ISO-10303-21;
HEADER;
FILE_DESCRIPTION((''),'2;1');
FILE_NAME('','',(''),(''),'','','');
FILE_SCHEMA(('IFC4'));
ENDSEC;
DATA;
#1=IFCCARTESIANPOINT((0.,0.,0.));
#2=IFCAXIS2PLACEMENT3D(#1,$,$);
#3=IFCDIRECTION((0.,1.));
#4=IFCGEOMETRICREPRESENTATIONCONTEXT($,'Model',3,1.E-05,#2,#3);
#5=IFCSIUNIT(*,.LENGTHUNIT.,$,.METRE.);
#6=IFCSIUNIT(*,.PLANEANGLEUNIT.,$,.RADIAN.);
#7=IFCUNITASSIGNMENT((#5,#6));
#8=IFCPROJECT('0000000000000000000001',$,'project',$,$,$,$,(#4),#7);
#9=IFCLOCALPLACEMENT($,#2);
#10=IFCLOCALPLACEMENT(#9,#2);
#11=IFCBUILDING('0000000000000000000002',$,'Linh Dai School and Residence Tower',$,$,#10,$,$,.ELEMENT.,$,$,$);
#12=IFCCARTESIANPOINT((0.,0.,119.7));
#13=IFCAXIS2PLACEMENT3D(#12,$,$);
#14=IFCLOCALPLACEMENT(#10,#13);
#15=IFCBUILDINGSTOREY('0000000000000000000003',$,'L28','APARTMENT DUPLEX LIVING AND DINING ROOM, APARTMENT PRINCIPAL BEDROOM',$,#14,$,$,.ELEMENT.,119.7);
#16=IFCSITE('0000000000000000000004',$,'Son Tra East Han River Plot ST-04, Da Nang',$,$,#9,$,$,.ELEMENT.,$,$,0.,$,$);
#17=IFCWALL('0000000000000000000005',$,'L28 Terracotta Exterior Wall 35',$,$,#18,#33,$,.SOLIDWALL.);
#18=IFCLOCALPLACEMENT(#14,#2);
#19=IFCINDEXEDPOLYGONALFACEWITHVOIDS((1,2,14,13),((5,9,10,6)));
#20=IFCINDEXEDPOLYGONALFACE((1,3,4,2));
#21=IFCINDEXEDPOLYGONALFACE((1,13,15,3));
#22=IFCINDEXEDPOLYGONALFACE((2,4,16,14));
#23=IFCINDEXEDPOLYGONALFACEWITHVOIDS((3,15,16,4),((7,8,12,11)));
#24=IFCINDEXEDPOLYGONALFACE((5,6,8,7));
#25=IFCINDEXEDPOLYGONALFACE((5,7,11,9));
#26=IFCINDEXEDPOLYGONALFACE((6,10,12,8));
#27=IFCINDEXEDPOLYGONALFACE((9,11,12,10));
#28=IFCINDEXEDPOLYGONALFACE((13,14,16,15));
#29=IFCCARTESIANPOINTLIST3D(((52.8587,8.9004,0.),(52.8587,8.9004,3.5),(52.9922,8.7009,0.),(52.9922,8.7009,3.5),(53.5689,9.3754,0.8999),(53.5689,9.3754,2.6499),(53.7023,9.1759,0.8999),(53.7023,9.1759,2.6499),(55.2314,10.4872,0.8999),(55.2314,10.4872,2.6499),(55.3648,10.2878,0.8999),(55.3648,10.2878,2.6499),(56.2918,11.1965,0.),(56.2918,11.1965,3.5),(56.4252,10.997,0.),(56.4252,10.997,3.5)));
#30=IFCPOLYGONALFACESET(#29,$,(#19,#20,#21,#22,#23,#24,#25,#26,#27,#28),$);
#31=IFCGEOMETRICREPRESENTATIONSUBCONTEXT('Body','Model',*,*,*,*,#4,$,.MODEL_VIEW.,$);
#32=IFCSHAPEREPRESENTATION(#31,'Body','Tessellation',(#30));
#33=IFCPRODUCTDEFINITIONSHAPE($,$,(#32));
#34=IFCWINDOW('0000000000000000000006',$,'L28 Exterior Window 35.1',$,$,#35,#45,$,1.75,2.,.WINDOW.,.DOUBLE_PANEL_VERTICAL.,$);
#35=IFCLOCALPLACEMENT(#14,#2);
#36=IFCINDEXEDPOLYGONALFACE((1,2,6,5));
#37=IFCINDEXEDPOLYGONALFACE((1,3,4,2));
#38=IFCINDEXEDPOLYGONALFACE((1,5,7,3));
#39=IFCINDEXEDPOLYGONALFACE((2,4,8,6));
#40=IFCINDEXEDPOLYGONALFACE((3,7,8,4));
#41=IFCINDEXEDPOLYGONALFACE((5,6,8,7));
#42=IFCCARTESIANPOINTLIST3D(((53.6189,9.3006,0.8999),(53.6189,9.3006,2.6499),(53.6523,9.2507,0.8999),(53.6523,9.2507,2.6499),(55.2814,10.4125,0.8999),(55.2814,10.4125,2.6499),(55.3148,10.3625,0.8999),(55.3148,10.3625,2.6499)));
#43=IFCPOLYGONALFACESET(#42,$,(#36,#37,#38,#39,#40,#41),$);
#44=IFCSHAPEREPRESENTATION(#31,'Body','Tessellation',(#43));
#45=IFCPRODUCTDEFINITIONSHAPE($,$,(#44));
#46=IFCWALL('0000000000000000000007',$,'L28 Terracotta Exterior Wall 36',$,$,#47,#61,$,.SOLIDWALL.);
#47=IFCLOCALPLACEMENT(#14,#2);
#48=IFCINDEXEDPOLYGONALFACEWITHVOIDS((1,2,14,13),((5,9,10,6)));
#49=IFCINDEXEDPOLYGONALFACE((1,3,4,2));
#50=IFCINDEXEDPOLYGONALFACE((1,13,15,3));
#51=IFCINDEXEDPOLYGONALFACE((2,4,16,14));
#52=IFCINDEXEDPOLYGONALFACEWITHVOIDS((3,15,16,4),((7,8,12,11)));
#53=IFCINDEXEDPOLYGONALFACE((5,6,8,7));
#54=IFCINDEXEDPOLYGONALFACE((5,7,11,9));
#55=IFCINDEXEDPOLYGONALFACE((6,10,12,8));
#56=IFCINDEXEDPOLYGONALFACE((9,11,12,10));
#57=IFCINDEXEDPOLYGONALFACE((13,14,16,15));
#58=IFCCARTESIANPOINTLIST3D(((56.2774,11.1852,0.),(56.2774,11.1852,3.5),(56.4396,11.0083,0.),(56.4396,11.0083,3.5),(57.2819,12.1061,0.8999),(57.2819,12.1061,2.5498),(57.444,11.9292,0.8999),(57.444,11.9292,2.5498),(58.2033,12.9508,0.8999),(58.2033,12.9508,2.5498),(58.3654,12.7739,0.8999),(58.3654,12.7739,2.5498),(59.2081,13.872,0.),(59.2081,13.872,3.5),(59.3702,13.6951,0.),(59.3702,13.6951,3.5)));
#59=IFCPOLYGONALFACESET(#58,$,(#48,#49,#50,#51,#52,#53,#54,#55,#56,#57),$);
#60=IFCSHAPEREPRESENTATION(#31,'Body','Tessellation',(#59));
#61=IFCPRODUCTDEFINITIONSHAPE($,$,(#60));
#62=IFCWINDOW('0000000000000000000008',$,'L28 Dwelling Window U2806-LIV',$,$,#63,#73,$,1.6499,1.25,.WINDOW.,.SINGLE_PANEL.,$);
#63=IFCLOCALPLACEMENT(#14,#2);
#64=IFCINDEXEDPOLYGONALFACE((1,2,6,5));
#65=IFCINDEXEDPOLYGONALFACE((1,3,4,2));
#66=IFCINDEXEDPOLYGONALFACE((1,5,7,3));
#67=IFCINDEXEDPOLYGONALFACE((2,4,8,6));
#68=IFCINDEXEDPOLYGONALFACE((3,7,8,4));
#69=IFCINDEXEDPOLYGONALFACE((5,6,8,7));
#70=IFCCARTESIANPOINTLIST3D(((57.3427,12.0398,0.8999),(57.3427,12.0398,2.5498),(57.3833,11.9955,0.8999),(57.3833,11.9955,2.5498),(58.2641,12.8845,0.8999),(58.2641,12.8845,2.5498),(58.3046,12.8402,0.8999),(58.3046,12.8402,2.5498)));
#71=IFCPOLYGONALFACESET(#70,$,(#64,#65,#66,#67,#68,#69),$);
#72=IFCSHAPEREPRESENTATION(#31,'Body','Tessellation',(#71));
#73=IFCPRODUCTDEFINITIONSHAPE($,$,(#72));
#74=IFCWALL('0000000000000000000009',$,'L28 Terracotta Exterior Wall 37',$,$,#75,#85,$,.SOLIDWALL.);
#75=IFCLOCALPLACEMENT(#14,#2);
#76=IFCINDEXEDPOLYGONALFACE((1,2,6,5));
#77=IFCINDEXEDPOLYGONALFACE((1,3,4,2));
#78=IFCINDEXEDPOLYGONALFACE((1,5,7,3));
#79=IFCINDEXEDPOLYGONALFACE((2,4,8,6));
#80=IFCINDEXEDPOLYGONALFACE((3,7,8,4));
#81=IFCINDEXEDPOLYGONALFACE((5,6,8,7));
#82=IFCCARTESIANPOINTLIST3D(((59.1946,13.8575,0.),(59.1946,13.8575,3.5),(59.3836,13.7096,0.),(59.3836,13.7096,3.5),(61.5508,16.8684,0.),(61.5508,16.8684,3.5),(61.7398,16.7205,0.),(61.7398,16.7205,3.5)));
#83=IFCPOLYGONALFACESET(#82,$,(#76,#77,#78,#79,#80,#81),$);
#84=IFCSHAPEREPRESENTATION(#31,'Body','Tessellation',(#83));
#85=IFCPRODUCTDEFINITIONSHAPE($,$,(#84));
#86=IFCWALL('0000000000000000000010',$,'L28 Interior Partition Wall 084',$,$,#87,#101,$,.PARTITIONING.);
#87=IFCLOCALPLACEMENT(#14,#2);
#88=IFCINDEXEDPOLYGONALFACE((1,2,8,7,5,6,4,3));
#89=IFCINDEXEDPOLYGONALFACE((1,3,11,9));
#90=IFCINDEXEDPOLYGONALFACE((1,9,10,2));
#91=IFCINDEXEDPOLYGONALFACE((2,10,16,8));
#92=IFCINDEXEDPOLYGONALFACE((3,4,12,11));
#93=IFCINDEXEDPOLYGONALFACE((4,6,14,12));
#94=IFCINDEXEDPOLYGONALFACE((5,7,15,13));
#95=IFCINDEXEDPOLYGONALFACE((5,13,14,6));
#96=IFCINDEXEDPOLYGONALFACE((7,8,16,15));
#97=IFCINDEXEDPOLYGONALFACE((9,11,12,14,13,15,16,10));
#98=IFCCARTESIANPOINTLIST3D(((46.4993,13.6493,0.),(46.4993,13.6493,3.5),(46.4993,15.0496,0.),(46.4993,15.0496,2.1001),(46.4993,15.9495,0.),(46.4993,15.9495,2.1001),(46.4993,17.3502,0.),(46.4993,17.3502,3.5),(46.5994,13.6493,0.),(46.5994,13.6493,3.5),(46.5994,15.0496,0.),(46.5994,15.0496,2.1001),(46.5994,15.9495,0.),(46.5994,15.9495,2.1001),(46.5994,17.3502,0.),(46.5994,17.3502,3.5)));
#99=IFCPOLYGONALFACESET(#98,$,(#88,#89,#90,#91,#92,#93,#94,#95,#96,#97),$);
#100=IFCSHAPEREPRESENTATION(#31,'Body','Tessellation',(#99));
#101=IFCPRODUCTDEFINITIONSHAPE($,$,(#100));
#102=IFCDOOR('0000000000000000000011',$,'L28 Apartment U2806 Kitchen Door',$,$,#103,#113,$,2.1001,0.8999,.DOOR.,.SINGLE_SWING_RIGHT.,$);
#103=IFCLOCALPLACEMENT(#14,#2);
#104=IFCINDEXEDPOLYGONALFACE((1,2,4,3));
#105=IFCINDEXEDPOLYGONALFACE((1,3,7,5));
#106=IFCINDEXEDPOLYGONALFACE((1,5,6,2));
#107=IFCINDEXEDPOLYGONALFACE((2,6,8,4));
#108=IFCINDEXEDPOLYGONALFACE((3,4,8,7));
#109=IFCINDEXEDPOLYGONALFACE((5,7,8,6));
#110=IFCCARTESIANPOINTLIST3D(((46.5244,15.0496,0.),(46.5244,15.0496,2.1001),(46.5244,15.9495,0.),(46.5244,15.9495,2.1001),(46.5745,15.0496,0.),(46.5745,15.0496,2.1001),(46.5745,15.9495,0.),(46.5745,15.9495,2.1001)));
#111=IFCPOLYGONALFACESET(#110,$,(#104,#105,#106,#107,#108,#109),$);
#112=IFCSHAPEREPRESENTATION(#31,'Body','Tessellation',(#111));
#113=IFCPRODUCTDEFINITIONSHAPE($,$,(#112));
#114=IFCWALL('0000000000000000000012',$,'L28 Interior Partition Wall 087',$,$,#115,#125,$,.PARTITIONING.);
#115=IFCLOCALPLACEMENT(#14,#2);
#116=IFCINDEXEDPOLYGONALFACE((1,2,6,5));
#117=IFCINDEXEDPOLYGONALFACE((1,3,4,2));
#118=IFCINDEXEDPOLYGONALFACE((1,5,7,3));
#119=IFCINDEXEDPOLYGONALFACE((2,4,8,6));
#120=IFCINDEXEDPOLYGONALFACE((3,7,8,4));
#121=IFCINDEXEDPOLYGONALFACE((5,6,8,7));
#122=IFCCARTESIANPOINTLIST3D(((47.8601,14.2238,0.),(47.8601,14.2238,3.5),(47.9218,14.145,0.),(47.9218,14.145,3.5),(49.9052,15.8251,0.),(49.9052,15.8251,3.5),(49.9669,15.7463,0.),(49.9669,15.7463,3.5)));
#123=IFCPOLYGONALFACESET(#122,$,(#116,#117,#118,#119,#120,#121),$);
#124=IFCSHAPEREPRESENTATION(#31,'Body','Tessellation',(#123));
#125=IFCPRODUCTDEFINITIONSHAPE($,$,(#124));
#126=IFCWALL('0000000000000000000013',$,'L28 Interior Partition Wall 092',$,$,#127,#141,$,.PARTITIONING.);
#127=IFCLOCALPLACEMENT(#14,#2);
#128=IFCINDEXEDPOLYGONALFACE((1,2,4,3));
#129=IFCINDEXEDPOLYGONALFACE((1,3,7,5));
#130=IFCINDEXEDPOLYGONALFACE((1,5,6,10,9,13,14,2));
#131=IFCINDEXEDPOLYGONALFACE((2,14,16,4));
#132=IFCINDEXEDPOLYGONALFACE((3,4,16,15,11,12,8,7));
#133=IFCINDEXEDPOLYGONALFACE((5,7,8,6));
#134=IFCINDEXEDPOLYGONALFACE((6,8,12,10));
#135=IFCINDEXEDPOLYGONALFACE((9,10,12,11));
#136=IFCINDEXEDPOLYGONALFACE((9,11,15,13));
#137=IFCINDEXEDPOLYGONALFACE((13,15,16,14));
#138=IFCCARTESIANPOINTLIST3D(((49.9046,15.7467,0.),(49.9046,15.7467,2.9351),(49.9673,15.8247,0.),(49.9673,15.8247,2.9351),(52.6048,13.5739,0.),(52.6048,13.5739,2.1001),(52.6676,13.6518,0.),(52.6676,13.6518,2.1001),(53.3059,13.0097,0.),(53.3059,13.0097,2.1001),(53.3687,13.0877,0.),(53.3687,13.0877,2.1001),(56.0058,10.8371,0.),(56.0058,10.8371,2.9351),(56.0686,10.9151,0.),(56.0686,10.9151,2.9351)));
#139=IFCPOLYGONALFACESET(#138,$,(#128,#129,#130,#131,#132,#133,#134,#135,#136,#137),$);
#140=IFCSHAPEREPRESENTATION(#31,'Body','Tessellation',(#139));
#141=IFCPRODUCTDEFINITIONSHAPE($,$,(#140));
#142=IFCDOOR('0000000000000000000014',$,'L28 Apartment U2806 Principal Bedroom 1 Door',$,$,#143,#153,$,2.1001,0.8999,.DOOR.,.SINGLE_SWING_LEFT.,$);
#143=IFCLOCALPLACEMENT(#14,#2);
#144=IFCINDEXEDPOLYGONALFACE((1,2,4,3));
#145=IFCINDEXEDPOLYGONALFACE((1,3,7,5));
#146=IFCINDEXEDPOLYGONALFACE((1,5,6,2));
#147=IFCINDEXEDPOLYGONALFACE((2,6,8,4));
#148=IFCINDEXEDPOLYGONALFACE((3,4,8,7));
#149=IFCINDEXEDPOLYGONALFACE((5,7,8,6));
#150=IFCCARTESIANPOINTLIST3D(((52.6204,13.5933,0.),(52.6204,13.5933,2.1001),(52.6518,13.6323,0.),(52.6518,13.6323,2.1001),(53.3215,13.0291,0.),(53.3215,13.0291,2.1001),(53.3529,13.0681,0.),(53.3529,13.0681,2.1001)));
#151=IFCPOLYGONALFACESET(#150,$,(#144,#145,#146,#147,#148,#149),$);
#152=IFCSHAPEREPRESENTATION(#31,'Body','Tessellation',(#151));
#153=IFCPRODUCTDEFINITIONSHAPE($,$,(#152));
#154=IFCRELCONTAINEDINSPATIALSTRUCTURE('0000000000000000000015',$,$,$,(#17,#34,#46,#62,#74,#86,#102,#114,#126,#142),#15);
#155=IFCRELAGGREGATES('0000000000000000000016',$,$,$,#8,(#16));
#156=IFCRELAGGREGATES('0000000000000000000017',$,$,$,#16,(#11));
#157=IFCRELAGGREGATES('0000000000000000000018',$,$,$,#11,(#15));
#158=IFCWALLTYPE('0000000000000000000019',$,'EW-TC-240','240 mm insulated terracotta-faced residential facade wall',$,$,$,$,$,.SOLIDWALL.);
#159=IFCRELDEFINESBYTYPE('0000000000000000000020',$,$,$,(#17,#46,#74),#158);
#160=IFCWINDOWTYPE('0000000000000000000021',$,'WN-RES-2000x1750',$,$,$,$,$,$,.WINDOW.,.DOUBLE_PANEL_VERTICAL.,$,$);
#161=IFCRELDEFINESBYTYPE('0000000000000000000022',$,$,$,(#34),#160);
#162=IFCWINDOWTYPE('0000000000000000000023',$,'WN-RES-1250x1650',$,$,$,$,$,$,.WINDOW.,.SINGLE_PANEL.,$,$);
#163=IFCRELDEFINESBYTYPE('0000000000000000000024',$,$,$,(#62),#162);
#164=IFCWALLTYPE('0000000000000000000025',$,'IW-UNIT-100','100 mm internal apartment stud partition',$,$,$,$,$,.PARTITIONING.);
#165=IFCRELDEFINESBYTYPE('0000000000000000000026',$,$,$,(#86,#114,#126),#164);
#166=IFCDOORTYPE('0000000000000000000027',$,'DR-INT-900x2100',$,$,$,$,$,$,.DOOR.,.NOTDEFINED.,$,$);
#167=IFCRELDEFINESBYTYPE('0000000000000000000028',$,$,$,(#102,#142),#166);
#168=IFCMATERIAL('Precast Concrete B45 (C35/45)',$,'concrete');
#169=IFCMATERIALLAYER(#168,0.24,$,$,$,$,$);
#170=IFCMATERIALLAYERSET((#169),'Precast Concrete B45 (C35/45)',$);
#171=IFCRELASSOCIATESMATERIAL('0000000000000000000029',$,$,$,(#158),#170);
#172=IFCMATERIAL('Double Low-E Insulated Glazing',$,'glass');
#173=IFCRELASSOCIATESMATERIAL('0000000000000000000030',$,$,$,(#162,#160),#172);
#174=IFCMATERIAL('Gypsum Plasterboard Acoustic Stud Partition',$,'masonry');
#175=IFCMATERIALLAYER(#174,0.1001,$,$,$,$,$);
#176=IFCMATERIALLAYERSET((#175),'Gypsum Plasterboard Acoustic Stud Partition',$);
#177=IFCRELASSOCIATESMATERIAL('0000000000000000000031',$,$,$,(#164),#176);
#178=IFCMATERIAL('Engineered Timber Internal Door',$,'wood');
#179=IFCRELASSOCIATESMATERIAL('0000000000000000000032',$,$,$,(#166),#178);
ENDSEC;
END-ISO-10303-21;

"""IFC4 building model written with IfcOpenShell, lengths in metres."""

from ifc_helpers import new_model, si_unit, direction, frame, frame_2d, origin, origin_2d, place, context, subcontext, project, spatial, rectangle, extrude, source, transform, mapped, material, layer, layer_set, type_object, element, fill, save


model = new_model("IFC4")

# Units and contexts
model_context = context("Model", 3, precision=1e-05, world=origin(), true_north=direction((0.0, 1.0)))
body_context = subcontext(model_context, "Body", "Model", "MODEL_VIEW")
ifc_project = project(units=[si_unit("LENGTHUNIT", "METRE"), si_unit("PLANEANGLEUNIT", "RADIAN")], contexts=[model_context])

# Site, building, storey
site_placement = place(None, origin())
site = spatial("IfcSite", under=ifc_project, at=site_placement, Name="Son Tra East Han River Plot ST-04, Da Nang", CompositionType="ELEMENT", RefElevation=0.0)
building_placement = place(site_placement, origin())
building = spatial("IfcBuilding", under=site, at=building_placement, Name="Linh Dai School and Residence Tower", CompositionType="ELEMENT")
storey_placement = place(building_placement, frame((0.0, 0.0, 119.7)))
storey = spatial("IfcBuildingStorey", under=building, at=storey_placement, Name="L28", Description="APARTMENT DUPLEX LIVING AND DINING ROOM, APARTMENT PRINCIPAL BEDROOM", CompositionType="ELEMENT", Elevation=119.7)

# Shared definitions
ifc_material_1 = material(Name="Precast Concrete B45 (C35/45)", Category="concrete")

# Shared definitions
ifc_layer_1 = layer(ifc_material_1, 0.24)
ifc_layer_set_1 = layer_set([ifc_layer_1], Name="Precast Concrete B45 (C35/45)")
wall_type_1 = type_object("IfcWallType", Name="EW-TC-240", Description="240 mm insulated terracotta-faced residential facade wall", PredefinedType="SOLIDWALL", material=ifc_layer_set_1)

# Walls, openings, windows
ifc_material_2 = material(Name="Double Low-E Insulated Glazing", Category="glass")
window_type_1 = type_object("IfcWindowType", Name="WN-RES-1250x1650", PartitioningType="SINGLE_PANEL", PredefinedType="WINDOW", material=ifc_material_2)
shared_shape_1 = source(origin(), body_context, "Body", "SweptSolid", [
    extrude(rectangle(XDim=1.25, YDim=1.6499, at=origin_2d()), frame((0.625, 0.03, 0.825), z_axis=(0.0, -1.0, 0.0), x_axis=(1.0, 0.0, 0.0)), (0.0, 0.0, 1.0), 0.0601),
])
window_type_2 = type_object("IfcWindowType", Name="WN-RES-2000x1750", PartitioningType="DOUBLE_PANEL_VERTICAL", PredefinedType="WINDOW", material=ifc_material_2)
shared_shape_2 = source(origin(), body_context, "Body", "SweptSolid", [
    extrude(rectangle(XDim=2.0, YDim=1.75, at=origin_2d()), frame((1.0, 0.03, 0.875), z_axis=(0.0, -1.0, 0.0), x_axis=(1.0, 0.0, 0.0)), (0.0, 0.0, 1.0), 0.0601),
])
wall_1_placement = place(storey_placement, frame((56.3584, 11.0967, 0.0), z_axis=(0.0, 0.0, 1.0), x_axis=(-0.831222, -0.555941, 0.0)))
wall_1 = element("IfcWall", 1, at=wall_1_placement, inside=storey, type_object=wall_type_1, Name="L28 Terracotta Exterior Wall 35", PredefinedType="SOLIDWALL", context=body_context, shape_type="SweptSolid", body=[
    extrude(rectangle(XDim=4.1301, YDim=0.24, at=frame_2d((2.0649, 0.0))), origin(), (0.0, 0.0, 1.0), 3.5),
])
opening_1_placement = place(wall_1_placement, frame((1.2756, 0.0, 0.8999)))
opening_1 = element("IfcOpeningElement", 2, at=opening_1_placement, cuts=wall_1, PredefinedType="OPENING", context=body_context, shape_type="SweptSolid", body=[
    extrude(rectangle(XDim=2.0, YDim=1.75, at=origin_2d()), frame((1.0, 0.1299, 0.875), z_axis=(0.0, -1.0, 0.0), x_axis=(1.0, 0.0, 0.0)), (0.0, 0.0, 1.0), 0.26),
])
window_1_placement = place(opening_1_placement, origin())
window_1 = element("IfcWindow", 3, at=window_1_placement, inside=storey, type_object=window_type_2, Name="L28 Exterior Window 35.1", OverallHeight=1.75, OverallWidth=2.0, PartitioningType="DOUBLE_PANEL_VERTICAL", PredefinedType="WINDOW", context=body_context, shape_type="MappedRepresentation", body=[
    mapped(shared_shape_2, transform((0.0, 0.0, 0.0), x_axis=(1.0, 0.0, 0.0), y_axis=(0.0, 1.0, 0.0), z_axis=(0.0, 0.0, 1.0), scale=1.0)),
])
fill(opening_1, window_1)
wall_2_placement = place(storey_placement, frame((59.2891, 13.7834, 0.0), z_axis=(0.0, 0.0, 1.0), x_axis=(-0.737113, -0.675769, 0.0)))
wall_2 = element("IfcWall", 4, at=wall_2_placement, inside=storey, type_object=wall_type_1, Name="L28 Terracotta Exterior Wall 36", PredefinedType="SOLIDWALL", context=body_context, shape_type="SweptSolid", body=[
    extrude(rectangle(XDim=3.9758, YDim=0.24, at=frame_2d((1.9878, 0.0))), origin(), (0.0, 0.0, 1.0), 3.5),
])
opening_2_placement = place(wall_2_placement, frame((1.363, 0.0, 0.8999)))
opening_2 = element("IfcOpeningElement", 5, at=opening_2_placement, cuts=wall_2, PredefinedType="OPENING", context=body_context, shape_type="SweptSolid", body=[
    extrude(rectangle(XDim=1.25, YDim=1.6499, at=origin_2d()), frame((0.625, 0.1299, 0.825), z_axis=(0.0, -1.0, 0.0), x_axis=(1.0, 0.0, 0.0)), (0.0, 0.0, 1.0), 0.26),
])
window_2_placement = place(opening_2_placement, origin())
window_2 = element("IfcWindow", 6, at=window_2_placement, inside=storey, type_object=window_type_1, Name="L28 Dwelling Window U2806-LIV", OverallHeight=1.6499, OverallWidth=1.25, PartitioningType="SINGLE_PANEL", PredefinedType="WINDOW", context=body_context, shape_type="MappedRepresentation", body=[
    mapped(shared_shape_1, transform((0.0, 0.0, 0.0), x_axis=(1.0, 0.0, 0.0), y_axis=(0.0, 1.0, 0.0), z_axis=(0.0, 0.0, 1.0), scale=1.0)),
])
fill(opening_2, window_2)

# Wall
wall_3_placement = place(storey_placement, frame((61.6453, 16.7944, 0.0), z_axis=(0.0, 0.0, 1.0), x_axis=(-0.616272, -0.787533, 0.0)))
element("IfcWall", 7, at=wall_3_placement, inside=storey, type_object=wall_type_1, Name="L28 Terracotta Exterior Wall 37", PredefinedType="SOLIDWALL", context=body_context, shape_type="SweptSolid", body=[
    extrude(rectangle(XDim=3.8232, YDim=0.24, at=frame_2d((1.9116, 0.0))), origin(), (0.0, 0.0, 1.0), 3.5),
])

# Wall, opening, door
ifc_material_3 = material(Name="Gypsum Plasterboard Acoustic Stud Partition", Category="masonry")
ifc_layer_2 = layer(ifc_material_3, 0.1001)
ifc_layer_set_2 = layer_set([ifc_layer_2], Name="Gypsum Plasterboard Acoustic Stud Partition")
wall_type_2 = type_object("IfcWallType", Name="IW-UNIT-100", Description="100 mm internal apartment stud partition", PredefinedType="PARTITIONING", material=ifc_layer_set_2)
wall_4_placement = place(storey_placement, frame((46.5493, 13.6492, 0.0), z_axis=(0.0, 0.0, 1.0), x_axis=(0.0, 1.0, 0.0)))
wall_4 = element("IfcWall", 8, at=wall_4_placement, inside=storey, type_object=wall_type_2, Name="L28 Interior Partition Wall 084", PredefinedType="PARTITIONING", context=body_context, shape_type="SweptSolid", body=[
    extrude(rectangle(XDim=3.7009, YDim=0.1001, at=frame_2d((1.8506, 0.0))), origin(), (0.0, 0.0, 1.0), 3.5),
])
opening_3_placement = place(wall_4_placement, frame((1.4004, 0.0, 0.0)))
opening_3 = element("IfcOpeningElement", 9, at=opening_3_placement, cuts=wall_4, PredefinedType="OPENING", context=body_context, shape_type="SweptSolid", body=[
    extrude(rectangle(XDim=0.8999, YDim=2.1001, at=origin_2d()), frame((0.45, 0.0601, 1.05), z_axis=(0.0, -1.0, 0.0), x_axis=(1.0, 0.0, 0.0)), (0.0, 0.0, 1.0), 0.1201),
])
ifc_material_4 = material(Name="Engineered Timber Internal Door", Category="wood")
door_type = type_object("IfcDoorType", Name="DR-INT-900x2100", OperationType="NOTDEFINED", PredefinedType="DOOR", material=ifc_material_4)
shared_shape_3 = source(origin(), body_context, "Body", "SweptSolid", [
    extrude(rectangle(XDim=0.8999, YDim=2.1001, at=origin_2d()), frame((0.45, 0.0249, 1.05), z_axis=(0.0, -1.0, 0.0), x_axis=(1.0, 0.0, 0.0)), (0.0, 0.0, 1.0), 0.05),
])
door_1_placement = place(opening_3_placement, origin())
door_1 = element("IfcDoor", 10, at=door_1_placement, inside=storey, type_object=door_type, Name="L28 Apartment U2806 Kitchen Door", OperationType="SINGLE_SWING_RIGHT", OverallHeight=2.1001, OverallWidth=0.8999, PredefinedType="DOOR", context=body_context, shape_type="MappedRepresentation", body=[
    mapped(shared_shape_3, transform((0.0, 0.0, 0.0), x_axis=(1.0, 0.0, 0.0), y_axis=(0.0, 1.0, 0.0), z_axis=(0.0, 0.0, 1.0), scale=1.0)),
])
fill(opening_3, door_1)

# Wall
wall_5_placement = place(storey_placement, frame((47.8909, 14.1843, 0.0), z_axis=(0.0, 0.0, 1.0), x_axis=(0.787364, 0.616488, 0.0)))
element("IfcWall", 11, at=wall_5_placement, inside=storey, type_object=wall_type_2, Name="L28 Interior Partition Wall 087", PredefinedType="PARTITIONING", context=body_context, shape_type="SweptSolid", body=[
    extrude(rectangle(XDim=2.5974, YDim=0.1001, at=frame_2d((1.2988, 0.0))), origin(), (0.0, 0.0, 1.0), 3.5),
])

# Wall, opening, door
wall_6_placement = place(storey_placement, frame((49.936, 15.7856, 0.0), z_axis=(0.0, 0.0, 1.0), x_axis=(0.779083, -0.62692, 0.0)))
wall_6 = element("IfcWall", 12, at=wall_6_placement, inside=storey, type_object=wall_type_2, Name="L28 Interior Partition Wall 092", PredefinedType="PARTITIONING", context=body_context, shape_type="SweptSolid", body=[
    extrude(rectangle(XDim=7.8313, YDim=0.1001, at=frame_2d((3.9155, 0.0))), origin(), (0.0, 0.0, 1.0), 2.9351),
])
opening_4_placement = place(wall_6_placement, frame((3.4658, 0.0, 0.0)))
opening_4 = element("IfcOpeningElement", 13, at=opening_4_placement, cuts=wall_6, PredefinedType="OPENING", context=body_context, shape_type="SweptSolid", body=[
    extrude(rectangle(XDim=0.8999, YDim=2.1001, at=origin_2d()), frame((0.45, 0.0601, 1.05), z_axis=(0.0, -1.0, 0.0), x_axis=(1.0, 0.0, 0.0)), (0.0, 0.0, 1.0), 0.1201),
])
door_2_placement = place(opening_4_placement, origin())
door_2 = element("IfcDoor", 14, at=door_2_placement, inside=storey, type_object=door_type, Name="L28 Apartment U2806 Principal Bedroom 1 Door", OperationType="SINGLE_SWING_LEFT", OverallHeight=2.1001, OverallWidth=0.8999, PredefinedType="DOOR", context=body_context, shape_type="MappedRepresentation", body=[
    mapped(shared_shape_3, transform((0.0, 0.0, 0.0), x_axis=(1.0, 0.0, 0.0), y_axis=(0.0, 1.0, 0.0), z_axis=(0.0, 0.0, 1.0), scale=1.0)),
])
fill(opening_4, door_2)

save(model, "model.ifc")
